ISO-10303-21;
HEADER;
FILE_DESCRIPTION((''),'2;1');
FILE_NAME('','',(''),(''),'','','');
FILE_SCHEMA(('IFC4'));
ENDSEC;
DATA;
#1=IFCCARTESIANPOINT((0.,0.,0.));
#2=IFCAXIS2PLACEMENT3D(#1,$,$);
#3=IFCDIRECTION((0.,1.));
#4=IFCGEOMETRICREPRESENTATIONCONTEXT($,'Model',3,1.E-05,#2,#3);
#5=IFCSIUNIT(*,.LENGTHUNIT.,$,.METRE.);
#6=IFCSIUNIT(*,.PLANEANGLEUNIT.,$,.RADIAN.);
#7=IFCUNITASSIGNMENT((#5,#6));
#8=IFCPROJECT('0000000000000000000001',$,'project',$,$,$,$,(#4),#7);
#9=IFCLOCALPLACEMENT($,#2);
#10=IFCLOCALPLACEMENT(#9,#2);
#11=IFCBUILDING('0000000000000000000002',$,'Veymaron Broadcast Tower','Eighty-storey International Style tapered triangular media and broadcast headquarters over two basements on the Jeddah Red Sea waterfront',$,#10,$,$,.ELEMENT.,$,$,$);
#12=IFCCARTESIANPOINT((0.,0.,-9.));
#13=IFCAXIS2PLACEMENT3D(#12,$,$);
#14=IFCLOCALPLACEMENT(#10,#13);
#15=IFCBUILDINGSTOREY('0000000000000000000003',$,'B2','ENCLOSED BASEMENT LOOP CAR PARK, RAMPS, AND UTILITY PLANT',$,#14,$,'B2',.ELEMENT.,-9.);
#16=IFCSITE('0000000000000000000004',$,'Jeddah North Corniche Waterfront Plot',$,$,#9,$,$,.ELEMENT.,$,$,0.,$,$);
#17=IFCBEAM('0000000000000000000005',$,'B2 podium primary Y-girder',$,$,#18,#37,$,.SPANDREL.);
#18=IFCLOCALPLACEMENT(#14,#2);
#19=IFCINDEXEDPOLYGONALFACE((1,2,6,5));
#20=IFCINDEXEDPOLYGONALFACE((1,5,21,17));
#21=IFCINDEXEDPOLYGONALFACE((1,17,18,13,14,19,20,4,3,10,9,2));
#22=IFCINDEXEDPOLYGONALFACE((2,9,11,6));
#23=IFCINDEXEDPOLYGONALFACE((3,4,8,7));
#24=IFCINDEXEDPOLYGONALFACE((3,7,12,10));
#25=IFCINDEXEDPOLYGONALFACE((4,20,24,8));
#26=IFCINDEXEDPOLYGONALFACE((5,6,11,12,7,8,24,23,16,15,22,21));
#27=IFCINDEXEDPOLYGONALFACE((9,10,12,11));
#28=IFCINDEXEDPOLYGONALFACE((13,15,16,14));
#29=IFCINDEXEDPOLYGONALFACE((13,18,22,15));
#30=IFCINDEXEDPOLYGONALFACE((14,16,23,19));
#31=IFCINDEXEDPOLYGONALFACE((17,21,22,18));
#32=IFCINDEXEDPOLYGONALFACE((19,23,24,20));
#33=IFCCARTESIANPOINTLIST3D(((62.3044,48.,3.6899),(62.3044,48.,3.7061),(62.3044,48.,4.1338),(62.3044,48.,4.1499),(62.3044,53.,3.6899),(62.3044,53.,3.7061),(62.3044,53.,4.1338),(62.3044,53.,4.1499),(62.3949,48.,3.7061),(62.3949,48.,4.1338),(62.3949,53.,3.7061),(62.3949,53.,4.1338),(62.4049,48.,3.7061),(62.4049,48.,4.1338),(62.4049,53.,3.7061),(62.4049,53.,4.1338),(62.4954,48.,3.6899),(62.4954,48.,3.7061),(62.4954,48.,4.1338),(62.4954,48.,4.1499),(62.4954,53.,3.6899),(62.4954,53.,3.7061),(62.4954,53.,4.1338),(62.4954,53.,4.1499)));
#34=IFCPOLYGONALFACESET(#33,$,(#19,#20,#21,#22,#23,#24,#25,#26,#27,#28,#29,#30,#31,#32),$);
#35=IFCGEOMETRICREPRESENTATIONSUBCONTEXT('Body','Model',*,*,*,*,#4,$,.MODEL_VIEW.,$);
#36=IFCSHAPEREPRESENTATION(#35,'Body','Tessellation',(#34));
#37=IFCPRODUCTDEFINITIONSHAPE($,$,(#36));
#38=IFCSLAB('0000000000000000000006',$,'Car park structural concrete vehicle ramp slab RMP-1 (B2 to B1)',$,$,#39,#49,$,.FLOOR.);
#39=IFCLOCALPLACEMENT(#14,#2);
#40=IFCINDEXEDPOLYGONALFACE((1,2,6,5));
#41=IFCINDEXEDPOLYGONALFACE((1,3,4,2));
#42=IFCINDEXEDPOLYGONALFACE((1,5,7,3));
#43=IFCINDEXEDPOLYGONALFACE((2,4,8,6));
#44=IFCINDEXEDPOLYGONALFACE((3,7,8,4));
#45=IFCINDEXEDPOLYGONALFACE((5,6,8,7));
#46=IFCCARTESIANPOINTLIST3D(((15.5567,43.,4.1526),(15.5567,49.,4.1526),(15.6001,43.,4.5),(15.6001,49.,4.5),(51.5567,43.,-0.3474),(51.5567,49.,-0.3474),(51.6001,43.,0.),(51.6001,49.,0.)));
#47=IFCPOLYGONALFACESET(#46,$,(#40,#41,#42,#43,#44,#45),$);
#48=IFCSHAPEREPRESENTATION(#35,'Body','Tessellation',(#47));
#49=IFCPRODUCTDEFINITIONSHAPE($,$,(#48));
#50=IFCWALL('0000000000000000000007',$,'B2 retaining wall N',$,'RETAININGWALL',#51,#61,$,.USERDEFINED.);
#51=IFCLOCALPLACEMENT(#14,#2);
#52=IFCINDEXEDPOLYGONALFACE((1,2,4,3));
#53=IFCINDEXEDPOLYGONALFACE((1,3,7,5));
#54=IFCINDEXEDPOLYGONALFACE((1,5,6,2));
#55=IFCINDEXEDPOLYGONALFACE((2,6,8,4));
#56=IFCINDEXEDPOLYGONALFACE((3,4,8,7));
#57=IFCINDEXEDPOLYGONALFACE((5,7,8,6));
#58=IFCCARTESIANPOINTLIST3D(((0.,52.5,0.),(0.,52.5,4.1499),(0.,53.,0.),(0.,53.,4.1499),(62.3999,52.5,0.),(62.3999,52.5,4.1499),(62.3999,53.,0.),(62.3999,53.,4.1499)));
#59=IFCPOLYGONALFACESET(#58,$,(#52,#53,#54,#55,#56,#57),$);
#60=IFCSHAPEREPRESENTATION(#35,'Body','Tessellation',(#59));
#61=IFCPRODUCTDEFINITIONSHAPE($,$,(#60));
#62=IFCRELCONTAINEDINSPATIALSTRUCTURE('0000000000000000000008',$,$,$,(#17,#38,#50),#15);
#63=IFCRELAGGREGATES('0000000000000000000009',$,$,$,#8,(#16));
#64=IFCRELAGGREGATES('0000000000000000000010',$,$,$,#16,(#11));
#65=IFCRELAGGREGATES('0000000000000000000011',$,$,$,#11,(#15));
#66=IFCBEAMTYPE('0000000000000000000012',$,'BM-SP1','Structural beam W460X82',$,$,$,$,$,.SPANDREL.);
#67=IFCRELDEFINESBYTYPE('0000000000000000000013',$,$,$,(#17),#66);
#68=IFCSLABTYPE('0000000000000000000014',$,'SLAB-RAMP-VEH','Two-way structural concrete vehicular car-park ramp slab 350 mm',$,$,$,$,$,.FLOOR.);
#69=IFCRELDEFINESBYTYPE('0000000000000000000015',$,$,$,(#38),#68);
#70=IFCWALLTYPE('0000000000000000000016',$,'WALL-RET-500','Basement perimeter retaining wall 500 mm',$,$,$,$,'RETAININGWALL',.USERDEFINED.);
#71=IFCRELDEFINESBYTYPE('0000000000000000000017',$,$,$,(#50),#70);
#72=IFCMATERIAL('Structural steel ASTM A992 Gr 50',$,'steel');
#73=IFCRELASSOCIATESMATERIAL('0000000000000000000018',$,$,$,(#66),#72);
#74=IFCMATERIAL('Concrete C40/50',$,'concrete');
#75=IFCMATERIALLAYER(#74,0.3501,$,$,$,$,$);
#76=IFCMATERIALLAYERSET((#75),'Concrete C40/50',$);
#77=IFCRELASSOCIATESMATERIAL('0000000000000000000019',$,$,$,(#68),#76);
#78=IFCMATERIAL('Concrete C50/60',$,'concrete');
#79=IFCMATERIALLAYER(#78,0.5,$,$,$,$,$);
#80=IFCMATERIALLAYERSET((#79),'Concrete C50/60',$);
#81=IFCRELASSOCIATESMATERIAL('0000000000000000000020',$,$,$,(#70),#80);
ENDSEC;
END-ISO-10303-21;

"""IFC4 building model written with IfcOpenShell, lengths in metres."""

from ifc_helpers import new_model, si_unit, direction, frame, frame_2d, origin, origin_2d, place, context, subcontext, project, spatial, polyline, rectangle, i_section, outline, extrude, material, layer, layer_set, material_profile, profile_set, type_object, element, save


model = new_model("IFC4")

# Units and contexts
model_context = context("Model", 3, precision=1e-05, world=origin(), true_north=direction((0.0, 1.0)))
body_context = subcontext(model_context, "Body", "Model", "MODEL_VIEW")
ifc_project = project(units=[si_unit("LENGTHUNIT", "METRE"), si_unit("PLANEANGLEUNIT", "RADIAN")], contexts=[model_context])

# Site, building, storey
site_placement = place(None, origin())
site = spatial("IfcSite", under=ifc_project, at=site_placement, Name="Jeddah North Corniche Waterfront Plot", CompositionType="ELEMENT", RefElevation=0.0)
building_placement = place(site_placement, origin())
building = spatial("IfcBuilding", under=site, at=building_placement, Name="Veymaron Broadcast Tower", Description="Eighty-storey International Style tapered triangular media and broadcast headquarters over two basements on the Jeddah Red Sea waterfront", CompositionType="ELEMENT")
storey_placement = place(building_placement, frame((0.0, 0.0, -9.0)))
storey = spatial("IfcBuildingStorey", under=building, at=storey_placement, Name="B2", Description="ENCLOSED BASEMENT LOOP CAR PARK, RAMPS, AND UTILITY PLANT", LongName="B2", CompositionType="ELEMENT", Elevation=-9.0)

# Shared definitions
ifc_material_1 = material(Name="Concrete C50/60", Category="concrete")

# Shared definitions
ifc_material_2 = material(Name="Structural steel ASTM A992 Gr 50", Category="steel")

# Beam
ifc_material_profile_1 = material_profile(ifc_material_2, i_section(OverallWidth=0.1909, OverallDepth=0.46, WebThickness=0.01, FlangeThickness=0.0161, at=origin_2d()), Name="W460X82")
ifc_profile_set_1 = profile_set([ifc_material_profile_1], Name="Structural steel ASTM A992 Gr 50")
beam_type_1 = type_object("IfcBeamType", Name="BM-SP1", Description="Structural beam W460X82", PredefinedType="SPANDREL", material=ifc_profile_set_1)
beam_1_placement = place(storey_placement, frame((62.3999, 48.0, 3.9199), z_axis=(0.0, 1.0, 0.0), x_axis=(-1.0, 0.0, 0.0)))
element("IfcBeam", 1, at=beam_1_placement, inside=storey, type_object=beam_type_1, Name="B2 podium primary Y-girder", PredefinedType="SPANDREL", context=body_context, shape_type="SweptSolid", body=[
    extrude(i_section(OverallWidth=0.1909, OverallDepth=0.46, WebThickness=0.01, FlangeThickness=0.0161, at=origin_2d()), origin(), (0.0, 0.0, 1.0), 5.0),
])

# Slab
ifc_material_3 = material(Name="Concrete C40/50", Category="concrete")
ifc_layer_1 = layer(ifc_material_3, 0.3501)
ifc_layer_set_1 = layer_set([ifc_layer_1], Name="Concrete C40/50")
slab_type = type_object("IfcSlabType", Name="SLAB-RAMP-VEH", Description="Two-way structural concrete vehicular car-park ramp slab 350 mm", PredefinedType="FLOOR", material=ifc_layer_set_1)
slab_placement = place(storey_placement, frame((51.6001, 43.0, 0.0), z_axis=(0.124035, 0.0, 0.992278), x_axis=(-0.992278, 0.0, 0.124035)))
element("IfcSlab", 2, at=slab_placement, inside=storey, type_object=slab_type, Name="Car park structural concrete vehicle ramp slab RMP-1 (B2 to B1)", PredefinedType="FLOOR", context=body_context, shape_type="SweptSolid", body=[
    extrude(outline(polyline([(0.0, 0.0), (36.2802, 0.0), (36.2802, -6.0), (0.0, -6.0), (0.0, 0.0)])), origin(), (0.0, 0.0, -1.0), 0.3501),
])

# Wall
ifc_layer_2 = layer(ifc_material_1, 0.5)
ifc_layer_set_2 = layer_set([ifc_layer_2], Name="Concrete C50/60")
wall_type = type_object("IfcWallType", Name="WALL-RET-500", Description="Basement perimeter retaining wall 500 mm", ElementType="RETAININGWALL", PredefinedType="USERDEFINED", material=ifc_layer_set_2)
wall_placement = place(storey_placement, frame((62.3999, 52.75, 0.0), z_axis=(0.0, 0.0, 1.0), x_axis=(-1.0, 0.0, 0.0)))
element("IfcWall", 3, at=wall_placement, inside=storey, type_object=wall_type, Name="B2 retaining wall N", ObjectType="RETAININGWALL", PredefinedType="USERDEFINED", context=body_context, shape_type="SweptSolid", body=[
    extrude(rectangle(XDim=62.3999, YDim=0.5, at=frame_2d((31.2, 0.0))), origin(), (0.0, 0.0, 1.0), 4.1499),
])

save(model, "model.ifc")
